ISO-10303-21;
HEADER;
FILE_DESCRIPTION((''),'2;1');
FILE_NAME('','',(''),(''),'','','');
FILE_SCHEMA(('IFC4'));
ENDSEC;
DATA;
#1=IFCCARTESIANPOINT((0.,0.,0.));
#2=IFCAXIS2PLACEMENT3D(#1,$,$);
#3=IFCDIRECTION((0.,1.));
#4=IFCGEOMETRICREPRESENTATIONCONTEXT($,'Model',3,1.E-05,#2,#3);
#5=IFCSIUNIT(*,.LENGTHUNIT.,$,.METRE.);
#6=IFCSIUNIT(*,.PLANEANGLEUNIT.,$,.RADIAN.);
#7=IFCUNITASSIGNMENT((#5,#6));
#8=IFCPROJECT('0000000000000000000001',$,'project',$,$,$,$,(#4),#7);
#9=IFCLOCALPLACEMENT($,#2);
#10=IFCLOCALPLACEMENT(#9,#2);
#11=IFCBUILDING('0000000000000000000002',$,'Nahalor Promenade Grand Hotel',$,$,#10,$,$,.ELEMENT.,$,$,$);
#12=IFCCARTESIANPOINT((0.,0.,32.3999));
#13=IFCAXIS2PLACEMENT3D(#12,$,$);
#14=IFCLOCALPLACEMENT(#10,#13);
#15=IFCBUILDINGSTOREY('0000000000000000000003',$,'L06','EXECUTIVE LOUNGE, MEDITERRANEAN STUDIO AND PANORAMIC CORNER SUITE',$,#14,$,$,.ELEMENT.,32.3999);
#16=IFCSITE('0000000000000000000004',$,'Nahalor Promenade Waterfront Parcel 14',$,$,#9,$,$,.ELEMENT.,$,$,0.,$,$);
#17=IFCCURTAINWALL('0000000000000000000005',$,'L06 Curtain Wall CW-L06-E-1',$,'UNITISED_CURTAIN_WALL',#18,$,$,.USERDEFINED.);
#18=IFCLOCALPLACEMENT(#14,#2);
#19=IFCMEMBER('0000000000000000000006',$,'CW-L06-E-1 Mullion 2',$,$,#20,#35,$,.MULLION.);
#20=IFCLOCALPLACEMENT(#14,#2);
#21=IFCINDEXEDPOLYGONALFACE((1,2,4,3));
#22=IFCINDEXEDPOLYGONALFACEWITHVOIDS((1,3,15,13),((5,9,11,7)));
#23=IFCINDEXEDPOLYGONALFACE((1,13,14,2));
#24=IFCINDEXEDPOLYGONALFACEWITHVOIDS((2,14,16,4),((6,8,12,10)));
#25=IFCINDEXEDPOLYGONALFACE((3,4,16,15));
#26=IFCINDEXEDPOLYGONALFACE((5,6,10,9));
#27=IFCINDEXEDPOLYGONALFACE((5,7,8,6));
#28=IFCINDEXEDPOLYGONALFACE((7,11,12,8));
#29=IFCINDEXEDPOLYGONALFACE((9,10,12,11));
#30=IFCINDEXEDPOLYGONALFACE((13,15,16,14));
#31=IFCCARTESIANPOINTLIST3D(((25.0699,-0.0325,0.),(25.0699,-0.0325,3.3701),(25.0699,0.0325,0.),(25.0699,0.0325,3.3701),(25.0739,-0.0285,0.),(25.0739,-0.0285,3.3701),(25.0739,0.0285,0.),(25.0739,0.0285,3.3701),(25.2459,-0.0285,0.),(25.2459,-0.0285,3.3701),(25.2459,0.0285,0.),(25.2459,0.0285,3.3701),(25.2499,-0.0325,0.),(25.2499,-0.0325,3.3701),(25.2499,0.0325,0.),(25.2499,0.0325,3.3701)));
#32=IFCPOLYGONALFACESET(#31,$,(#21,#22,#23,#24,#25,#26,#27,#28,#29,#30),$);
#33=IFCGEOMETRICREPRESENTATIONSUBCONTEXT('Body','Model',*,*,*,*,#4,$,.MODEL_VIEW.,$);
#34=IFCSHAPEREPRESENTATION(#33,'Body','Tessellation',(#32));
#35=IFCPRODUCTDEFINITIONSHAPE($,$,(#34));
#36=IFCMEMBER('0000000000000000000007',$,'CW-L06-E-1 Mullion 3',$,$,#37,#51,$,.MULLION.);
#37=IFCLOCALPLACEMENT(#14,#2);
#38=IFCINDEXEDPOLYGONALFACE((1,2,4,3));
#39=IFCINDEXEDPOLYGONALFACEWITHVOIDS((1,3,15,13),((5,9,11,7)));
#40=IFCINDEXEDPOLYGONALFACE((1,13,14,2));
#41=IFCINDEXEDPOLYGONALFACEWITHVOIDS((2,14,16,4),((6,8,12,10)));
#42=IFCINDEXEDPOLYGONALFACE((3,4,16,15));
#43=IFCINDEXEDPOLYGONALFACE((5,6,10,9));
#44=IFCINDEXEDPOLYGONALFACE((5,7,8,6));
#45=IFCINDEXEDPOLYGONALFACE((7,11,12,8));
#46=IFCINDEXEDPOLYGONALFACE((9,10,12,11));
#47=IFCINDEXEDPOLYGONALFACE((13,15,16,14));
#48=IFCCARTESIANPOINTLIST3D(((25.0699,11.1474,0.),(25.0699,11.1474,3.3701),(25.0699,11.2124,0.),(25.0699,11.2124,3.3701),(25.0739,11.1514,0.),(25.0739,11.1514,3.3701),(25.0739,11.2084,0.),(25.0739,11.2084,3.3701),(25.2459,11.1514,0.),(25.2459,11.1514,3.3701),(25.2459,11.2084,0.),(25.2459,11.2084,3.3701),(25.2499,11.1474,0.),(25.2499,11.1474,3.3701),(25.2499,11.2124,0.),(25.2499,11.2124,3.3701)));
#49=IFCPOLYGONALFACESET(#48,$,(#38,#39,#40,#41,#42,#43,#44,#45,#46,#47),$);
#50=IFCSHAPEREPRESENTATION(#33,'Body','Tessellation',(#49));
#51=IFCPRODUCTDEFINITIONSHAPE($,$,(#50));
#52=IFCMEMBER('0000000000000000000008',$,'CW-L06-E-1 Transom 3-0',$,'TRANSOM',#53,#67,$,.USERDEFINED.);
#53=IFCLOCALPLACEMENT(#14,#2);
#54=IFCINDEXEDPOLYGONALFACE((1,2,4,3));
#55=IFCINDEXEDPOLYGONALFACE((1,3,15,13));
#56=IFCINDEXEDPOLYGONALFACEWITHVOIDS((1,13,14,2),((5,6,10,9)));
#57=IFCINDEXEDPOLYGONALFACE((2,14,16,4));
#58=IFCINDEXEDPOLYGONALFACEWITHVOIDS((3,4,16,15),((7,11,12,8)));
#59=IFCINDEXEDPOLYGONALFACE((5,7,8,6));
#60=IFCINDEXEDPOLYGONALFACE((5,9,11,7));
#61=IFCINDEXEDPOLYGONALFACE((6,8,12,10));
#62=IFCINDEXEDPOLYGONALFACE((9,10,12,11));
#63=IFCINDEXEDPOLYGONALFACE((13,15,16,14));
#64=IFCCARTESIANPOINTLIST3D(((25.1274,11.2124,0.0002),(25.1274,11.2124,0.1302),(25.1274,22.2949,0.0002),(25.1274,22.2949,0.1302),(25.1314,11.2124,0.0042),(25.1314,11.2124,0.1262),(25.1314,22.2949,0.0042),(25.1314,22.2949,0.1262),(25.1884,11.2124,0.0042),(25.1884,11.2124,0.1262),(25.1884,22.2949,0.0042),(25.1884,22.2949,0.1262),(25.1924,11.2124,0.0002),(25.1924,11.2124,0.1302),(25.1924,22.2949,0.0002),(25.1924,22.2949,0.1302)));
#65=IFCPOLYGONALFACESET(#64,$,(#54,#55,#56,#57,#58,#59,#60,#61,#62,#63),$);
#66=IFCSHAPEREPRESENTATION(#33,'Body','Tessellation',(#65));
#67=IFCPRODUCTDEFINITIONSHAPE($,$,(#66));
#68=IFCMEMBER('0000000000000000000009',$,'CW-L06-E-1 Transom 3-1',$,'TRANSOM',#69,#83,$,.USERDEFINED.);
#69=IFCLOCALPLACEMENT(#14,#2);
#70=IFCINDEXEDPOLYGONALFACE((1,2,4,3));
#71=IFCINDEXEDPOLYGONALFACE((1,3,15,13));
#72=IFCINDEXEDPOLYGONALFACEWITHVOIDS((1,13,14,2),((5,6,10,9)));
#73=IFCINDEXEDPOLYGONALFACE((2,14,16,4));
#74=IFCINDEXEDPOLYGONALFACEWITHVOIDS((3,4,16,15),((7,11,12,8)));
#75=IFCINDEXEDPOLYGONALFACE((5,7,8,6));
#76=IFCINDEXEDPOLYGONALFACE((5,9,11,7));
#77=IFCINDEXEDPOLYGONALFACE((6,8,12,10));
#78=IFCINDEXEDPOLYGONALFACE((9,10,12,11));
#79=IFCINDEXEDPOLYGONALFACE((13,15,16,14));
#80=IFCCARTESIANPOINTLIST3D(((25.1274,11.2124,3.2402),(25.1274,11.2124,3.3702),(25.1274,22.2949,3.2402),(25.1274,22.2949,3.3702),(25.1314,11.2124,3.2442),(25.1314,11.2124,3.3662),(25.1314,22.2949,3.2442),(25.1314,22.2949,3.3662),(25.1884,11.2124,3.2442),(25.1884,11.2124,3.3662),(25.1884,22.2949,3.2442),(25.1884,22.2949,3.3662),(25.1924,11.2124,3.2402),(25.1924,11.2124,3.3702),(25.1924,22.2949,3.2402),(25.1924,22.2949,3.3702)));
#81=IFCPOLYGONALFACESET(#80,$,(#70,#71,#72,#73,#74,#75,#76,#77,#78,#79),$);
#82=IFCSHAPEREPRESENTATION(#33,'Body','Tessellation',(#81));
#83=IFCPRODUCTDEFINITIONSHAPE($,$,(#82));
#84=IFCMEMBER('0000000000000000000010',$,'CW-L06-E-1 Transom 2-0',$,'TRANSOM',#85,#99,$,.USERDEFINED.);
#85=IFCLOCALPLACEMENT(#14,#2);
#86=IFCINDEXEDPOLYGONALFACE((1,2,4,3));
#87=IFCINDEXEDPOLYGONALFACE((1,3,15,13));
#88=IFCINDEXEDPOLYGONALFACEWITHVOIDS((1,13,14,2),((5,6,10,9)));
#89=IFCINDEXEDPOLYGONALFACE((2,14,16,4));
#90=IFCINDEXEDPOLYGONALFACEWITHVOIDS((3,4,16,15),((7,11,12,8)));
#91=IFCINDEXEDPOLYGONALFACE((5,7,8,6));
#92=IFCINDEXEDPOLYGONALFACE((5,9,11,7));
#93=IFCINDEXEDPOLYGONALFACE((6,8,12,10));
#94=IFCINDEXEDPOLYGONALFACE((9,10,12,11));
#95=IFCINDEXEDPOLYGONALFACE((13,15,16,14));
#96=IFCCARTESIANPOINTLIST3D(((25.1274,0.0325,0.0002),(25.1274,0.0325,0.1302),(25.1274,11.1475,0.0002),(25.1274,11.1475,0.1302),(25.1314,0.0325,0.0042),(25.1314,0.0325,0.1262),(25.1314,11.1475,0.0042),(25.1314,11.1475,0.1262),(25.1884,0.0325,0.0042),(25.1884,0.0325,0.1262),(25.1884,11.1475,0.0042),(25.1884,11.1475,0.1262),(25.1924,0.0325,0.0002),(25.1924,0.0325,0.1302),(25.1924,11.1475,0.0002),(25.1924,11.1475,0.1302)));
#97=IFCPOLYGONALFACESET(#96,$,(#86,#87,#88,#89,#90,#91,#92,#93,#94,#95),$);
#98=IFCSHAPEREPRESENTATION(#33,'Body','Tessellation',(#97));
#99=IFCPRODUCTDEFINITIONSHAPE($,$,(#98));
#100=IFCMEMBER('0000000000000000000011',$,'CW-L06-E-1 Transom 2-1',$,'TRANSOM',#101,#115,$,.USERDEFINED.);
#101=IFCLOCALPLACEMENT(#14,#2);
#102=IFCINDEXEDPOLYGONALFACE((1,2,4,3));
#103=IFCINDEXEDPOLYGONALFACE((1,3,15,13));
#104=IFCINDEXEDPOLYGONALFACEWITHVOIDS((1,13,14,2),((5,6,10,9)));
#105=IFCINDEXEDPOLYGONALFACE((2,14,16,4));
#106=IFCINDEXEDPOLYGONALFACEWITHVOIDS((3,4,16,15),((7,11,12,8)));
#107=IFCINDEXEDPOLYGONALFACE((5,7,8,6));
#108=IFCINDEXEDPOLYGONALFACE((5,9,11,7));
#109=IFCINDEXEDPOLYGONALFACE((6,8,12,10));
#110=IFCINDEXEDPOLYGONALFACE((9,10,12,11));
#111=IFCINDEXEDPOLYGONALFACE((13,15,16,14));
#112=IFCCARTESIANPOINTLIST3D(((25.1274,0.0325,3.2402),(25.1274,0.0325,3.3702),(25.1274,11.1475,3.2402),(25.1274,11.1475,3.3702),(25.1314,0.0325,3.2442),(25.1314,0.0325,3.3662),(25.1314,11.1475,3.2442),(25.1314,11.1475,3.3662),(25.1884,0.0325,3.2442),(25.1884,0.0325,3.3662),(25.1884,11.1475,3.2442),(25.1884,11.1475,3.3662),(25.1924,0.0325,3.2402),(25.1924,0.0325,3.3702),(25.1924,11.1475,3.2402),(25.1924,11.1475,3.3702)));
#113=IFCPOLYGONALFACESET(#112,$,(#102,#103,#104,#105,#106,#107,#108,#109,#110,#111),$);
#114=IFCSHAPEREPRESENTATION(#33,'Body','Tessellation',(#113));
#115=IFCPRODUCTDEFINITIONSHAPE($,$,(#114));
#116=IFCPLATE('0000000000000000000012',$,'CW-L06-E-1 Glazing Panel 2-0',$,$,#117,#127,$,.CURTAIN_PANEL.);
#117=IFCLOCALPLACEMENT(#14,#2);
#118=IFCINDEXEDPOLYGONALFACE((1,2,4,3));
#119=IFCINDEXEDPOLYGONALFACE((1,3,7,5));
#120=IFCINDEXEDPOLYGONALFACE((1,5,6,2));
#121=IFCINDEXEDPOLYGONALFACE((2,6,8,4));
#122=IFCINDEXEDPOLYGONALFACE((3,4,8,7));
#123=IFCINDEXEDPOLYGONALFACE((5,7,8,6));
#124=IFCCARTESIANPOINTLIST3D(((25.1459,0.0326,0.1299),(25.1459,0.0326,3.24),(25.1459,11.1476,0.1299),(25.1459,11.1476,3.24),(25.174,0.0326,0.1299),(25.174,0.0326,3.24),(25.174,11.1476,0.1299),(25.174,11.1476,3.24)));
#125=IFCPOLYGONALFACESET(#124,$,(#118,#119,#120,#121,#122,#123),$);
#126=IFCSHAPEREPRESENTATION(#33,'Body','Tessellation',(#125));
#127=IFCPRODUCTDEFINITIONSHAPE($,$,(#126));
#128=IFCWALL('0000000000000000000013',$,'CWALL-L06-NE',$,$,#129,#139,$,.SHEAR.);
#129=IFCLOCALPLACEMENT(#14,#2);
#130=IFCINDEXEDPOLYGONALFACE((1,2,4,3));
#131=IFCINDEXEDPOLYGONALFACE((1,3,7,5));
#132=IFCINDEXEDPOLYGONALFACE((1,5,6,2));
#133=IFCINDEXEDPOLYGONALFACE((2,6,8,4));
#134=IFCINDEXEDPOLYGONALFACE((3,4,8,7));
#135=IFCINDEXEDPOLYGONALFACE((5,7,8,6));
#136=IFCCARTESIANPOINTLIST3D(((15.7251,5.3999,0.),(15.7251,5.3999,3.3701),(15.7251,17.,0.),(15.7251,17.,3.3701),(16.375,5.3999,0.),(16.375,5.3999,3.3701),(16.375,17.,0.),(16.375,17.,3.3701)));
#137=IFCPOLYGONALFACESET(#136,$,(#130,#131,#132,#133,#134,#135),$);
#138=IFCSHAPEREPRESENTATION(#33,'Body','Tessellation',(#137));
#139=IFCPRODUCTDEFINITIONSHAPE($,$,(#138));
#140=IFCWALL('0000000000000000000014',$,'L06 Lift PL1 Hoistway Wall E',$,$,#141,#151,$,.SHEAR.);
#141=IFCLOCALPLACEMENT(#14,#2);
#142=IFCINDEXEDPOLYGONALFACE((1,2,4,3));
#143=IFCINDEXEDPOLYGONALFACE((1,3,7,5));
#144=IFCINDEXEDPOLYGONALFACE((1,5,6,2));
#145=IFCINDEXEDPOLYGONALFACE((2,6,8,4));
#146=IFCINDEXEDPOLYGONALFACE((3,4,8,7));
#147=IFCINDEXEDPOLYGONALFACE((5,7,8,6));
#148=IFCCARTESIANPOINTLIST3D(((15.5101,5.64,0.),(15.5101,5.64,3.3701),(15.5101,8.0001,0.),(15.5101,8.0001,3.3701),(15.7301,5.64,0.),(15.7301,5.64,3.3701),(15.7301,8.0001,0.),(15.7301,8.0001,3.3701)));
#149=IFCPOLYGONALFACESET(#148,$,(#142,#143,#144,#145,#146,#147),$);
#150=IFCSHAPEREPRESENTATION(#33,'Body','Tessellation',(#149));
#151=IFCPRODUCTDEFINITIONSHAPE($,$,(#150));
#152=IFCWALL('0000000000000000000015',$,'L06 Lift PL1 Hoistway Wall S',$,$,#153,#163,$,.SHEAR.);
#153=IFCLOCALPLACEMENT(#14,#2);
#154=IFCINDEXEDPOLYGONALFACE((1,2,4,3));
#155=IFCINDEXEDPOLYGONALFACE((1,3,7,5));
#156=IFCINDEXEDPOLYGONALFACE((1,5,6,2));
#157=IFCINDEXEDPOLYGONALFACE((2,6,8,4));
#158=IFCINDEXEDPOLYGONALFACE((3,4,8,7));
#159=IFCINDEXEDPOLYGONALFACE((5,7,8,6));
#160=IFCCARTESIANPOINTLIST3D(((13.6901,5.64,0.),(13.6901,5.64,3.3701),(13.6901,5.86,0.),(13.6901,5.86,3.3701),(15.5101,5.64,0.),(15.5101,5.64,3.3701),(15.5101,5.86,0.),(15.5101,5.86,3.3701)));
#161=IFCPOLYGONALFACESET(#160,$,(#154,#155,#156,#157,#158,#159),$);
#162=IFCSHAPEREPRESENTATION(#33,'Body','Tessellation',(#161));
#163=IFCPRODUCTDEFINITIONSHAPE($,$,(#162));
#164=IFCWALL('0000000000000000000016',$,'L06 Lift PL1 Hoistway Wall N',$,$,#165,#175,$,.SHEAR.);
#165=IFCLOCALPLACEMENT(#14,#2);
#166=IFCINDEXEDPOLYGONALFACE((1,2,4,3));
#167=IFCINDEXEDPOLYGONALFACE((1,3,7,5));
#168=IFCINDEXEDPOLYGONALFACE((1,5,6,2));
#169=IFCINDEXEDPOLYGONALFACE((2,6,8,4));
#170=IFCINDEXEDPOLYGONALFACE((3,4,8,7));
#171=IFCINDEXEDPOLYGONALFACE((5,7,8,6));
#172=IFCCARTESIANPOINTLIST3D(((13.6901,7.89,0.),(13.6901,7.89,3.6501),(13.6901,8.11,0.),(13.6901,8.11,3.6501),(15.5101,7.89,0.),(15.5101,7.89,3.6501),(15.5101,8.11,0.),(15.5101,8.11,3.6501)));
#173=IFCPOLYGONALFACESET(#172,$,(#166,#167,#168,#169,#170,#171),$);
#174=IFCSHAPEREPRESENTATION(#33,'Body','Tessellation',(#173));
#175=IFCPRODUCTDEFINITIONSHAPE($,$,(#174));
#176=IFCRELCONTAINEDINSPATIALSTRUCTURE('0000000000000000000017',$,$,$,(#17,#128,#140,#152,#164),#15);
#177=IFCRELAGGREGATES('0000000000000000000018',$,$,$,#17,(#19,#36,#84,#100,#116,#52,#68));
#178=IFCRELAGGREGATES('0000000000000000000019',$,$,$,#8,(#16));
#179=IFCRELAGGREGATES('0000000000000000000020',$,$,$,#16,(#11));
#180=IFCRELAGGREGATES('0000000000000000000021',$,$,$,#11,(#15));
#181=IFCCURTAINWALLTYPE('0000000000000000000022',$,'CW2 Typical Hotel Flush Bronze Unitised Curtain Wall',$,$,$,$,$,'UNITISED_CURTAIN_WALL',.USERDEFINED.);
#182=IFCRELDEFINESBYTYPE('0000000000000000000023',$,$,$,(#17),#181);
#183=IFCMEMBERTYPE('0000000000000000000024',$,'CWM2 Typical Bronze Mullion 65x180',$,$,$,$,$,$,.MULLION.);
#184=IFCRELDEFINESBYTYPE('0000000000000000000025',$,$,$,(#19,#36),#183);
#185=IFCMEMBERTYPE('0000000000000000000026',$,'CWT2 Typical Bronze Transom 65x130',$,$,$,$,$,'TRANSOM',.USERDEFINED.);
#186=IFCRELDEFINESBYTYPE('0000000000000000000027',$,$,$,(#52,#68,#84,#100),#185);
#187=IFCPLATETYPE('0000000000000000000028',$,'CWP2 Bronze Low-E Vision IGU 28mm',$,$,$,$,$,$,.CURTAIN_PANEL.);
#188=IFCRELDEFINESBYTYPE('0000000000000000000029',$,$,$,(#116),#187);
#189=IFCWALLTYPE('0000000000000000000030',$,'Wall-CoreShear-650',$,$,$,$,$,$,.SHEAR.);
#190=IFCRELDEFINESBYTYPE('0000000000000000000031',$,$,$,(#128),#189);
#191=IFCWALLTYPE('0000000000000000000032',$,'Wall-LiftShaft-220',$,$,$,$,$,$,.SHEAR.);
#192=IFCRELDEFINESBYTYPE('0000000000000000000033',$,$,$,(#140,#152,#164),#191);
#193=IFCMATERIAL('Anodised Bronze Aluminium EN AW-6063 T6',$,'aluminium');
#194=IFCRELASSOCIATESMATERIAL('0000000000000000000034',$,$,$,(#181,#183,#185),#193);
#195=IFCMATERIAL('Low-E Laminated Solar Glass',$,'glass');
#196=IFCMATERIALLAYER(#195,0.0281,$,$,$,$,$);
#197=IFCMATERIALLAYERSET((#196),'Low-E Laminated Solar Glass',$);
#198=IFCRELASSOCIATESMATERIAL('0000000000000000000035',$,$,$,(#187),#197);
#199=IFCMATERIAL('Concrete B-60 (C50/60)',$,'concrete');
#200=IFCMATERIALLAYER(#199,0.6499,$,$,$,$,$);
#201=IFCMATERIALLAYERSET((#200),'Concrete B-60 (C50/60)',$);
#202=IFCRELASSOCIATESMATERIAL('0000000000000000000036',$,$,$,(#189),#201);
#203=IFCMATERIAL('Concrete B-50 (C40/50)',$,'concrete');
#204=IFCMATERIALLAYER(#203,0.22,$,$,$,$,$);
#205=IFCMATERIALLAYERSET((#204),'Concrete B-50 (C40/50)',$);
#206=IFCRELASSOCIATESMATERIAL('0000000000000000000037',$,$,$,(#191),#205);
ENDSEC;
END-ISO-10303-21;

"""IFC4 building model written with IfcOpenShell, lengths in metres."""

from ifc_helpers import new_model, si_unit, direction, frame, frame_2d, origin, origin_2d, place, context, subcontext, project, spatial, rectangle, hollow_rectangle, extrude, source, transform, mapped, material, layer, layer_set, material_profile, profile_set, type_object, element, aggregate, save


model = new_model("IFC4")

# Units and contexts
model_context = context("Model", 3, precision=1e-05, world=origin(), true_north=direction((0.0, 1.0)))
body_context = subcontext(model_context, "Body", "Model", "MODEL_VIEW")
ifc_project = project(units=[si_unit("LENGTHUNIT", "METRE"), si_unit("PLANEANGLEUNIT", "RADIAN")], contexts=[model_context])

# Site, building, storey
site_placement = place(None, origin())
site = spatial("IfcSite", under=ifc_project, at=site_placement, Name="Nahalor Promenade Waterfront Parcel 14", CompositionType="ELEMENT", RefElevation=0.0)
building_placement = place(site_placement, origin())
building = spatial("IfcBuilding", under=site, at=building_placement, Name="Nahalor Promenade Grand Hotel", CompositionType="ELEMENT")
storey_placement = place(building_placement, frame((0.0, 0.0, 32.3999)))
storey = spatial("IfcBuildingStorey", under=building, at=storey_placement, Name="L06", Description="EXECUTIVE LOUNGE, MEDITERRANEAN STUDIO AND PANORAMIC CORNER SUITE", CompositionType="ELEMENT", Elevation=32.3999)

# Curtain wall, members, plate
ifc_material_1 = material(Name="Anodised Bronze Aluminium EN AW-6063 T6", Category="aluminium")
curtain_wall_type = type_object("IfcCurtainWallType", Name="CW2 Typical Hotel Flush Bronze Unitised Curtain Wall", ElementType="UNITISED_CURTAIN_WALL", PredefinedType="USERDEFINED", material=ifc_material_1)
curtain_wall_placement = place(storey_placement, origin())
curtain_wall = element("IfcCurtainWall", 1, at=curtain_wall_placement, inside=storey, type_object=curtain_wall_type, Name="L06 Curtain Wall CW-L06-E-1", ObjectType="UNITISED_CURTAIN_WALL", PredefinedType="USERDEFINED")
ifc_material_profile_1 = material_profile(ifc_material_1, hollow_rectangle(XDim=0.065, YDim=0.18, WallThickness=0.004, at=origin_2d()), Name="CWM 65x180x4")
ifc_profile_set_1 = profile_set([ifc_material_profile_1], Name="Anodised Bronze Aluminium EN AW-6063 T6")
member_type_1 = type_object("IfcMemberType", Name="CWM2 Typical Bronze Mullion 65x180", PredefinedType="MULLION", material=ifc_profile_set_1)
shared_shape_1 = source(origin(), body_context, "Body", "SweptSolid", [
    extrude(hollow_rectangle(XDim=0.065, YDim=0.18, WallThickness=0.004, at=origin_2d()), origin(), (0.0, 0.0, 1.0), 3.3701),
])
member_1_placement = place(storey_placement, frame((25.1599, 0.0, 0.0), z_axis=(0.0, 0.0, 1.0), x_axis=(0.0, 1.0, 0.0)))
member_1 = element("IfcMember", 2, at=member_1_placement, type_object=member_type_1, Name="CW-L06-E-1 Mullion 2", PredefinedType="MULLION", context=body_context, shape_type="MappedRepresentation", body=[
    mapped(shared_shape_1, transform((0.0, 0.0, 0.0), scale=1.0)),
])
member_2_placement = place(storey_placement, frame((25.1599, 11.1799, 0.0), z_axis=(0.0, 0.0, 1.0), x_axis=(0.0, 1.0, 0.0)))
member_2 = element("IfcMember", 3, at=member_2_placement, type_object=member_type_1, Name="CW-L06-E-1 Mullion 3", PredefinedType="MULLION", context=body_context, shape_type="MappedRepresentation", body=[
    mapped(shared_shape_1, transform((0.0, 0.0, 0.0), scale=1.0)),
])
ifc_material_profile_2 = material_profile(ifc_material_1, hollow_rectangle(XDim=0.065, YDim=0.13, WallThickness=0.004, at=origin_2d()), Name="CWT 65x130x4")
ifc_profile_set_2 = profile_set([ifc_material_profile_2], Name="Anodised Bronze Aluminium EN AW-6063 T6")
member_type_2 = type_object("IfcMemberType", Name="CWT2 Typical Bronze Transom 65x130", ElementType="TRANSOM", PredefinedType="USERDEFINED", material=ifc_profile_set_2)
shared_shape_2 = source(origin(), body_context, "Body", "SweptSolid", [
    extrude(hollow_rectangle(XDim=0.065, YDim=0.13, WallThickness=0.004, at=origin_2d()), origin(), (0.0, 0.0, 1.0), 11.0825),
])
member_3_placement = place(storey_placement, frame((25.1599, 11.2124, 0.0652), z_axis=(0.0, 1.0, 0.0), x_axis=(-1.0, 0.0, 0.0)))
member_3 = element("IfcMember", 4, at=member_3_placement, type_object=member_type_2, Name="CW-L06-E-1 Transom 3-0", ObjectType="TRANSOM", PredefinedType="USERDEFINED", context=body_context, shape_type="MappedRepresentation", body=[
    mapped(shared_shape_2, transform((0.0, 0.0, 0.0), scale=1.0)),
])
member_4_placement = place(storey_placement, frame((25.1599, 11.2124, 3.3052), z_axis=(0.0, 1.0, 0.0), x_axis=(-1.0, 0.0, 0.0)))
member_4 = element("IfcMember", 5, at=member_4_placement, type_object=member_type_2, Name="CW-L06-E-1 Transom 3-1", ObjectType="TRANSOM", PredefinedType="USERDEFINED", context=body_context, shape_type="MappedRepresentation", body=[
    mapped(shared_shape_2, transform((0.0, 0.0, 0.0), scale=1.0)),
])
shared_shape_3 = source(origin(), body_context, "Body", "SweptSolid", [
    extrude(hollow_rectangle(XDim=0.065, YDim=0.13, WallThickness=0.004, at=origin_2d()), origin(), (0.0, 0.0, 1.0), 11.115),
])
member_5_placement = place(storey_placement, frame((25.1599, 0.0325, 0.0652), z_axis=(0.0, 1.0, 0.0), x_axis=(-1.0, 0.0, 0.0)))
member_5 = element("IfcMember", 6, at=member_5_placement, type_object=member_type_2, Name="CW-L06-E-1 Transom 2-0", ObjectType="TRANSOM", PredefinedType="USERDEFINED", context=body_context, shape_type="MappedRepresentation", body=[
    mapped(shared_shape_3, transform((0.0, 0.0, 0.0), scale=1.0)),
])
member_6_placement = place(storey_placement, frame((25.1599, 0.0325, 3.3052), z_axis=(0.0, 1.0, 0.0), x_axis=(-1.0, 0.0, 0.0)))
member_6 = element("IfcMember", 7, at=member_6_placement, type_object=member_type_2, Name="CW-L06-E-1 Transom 2-1", ObjectType="TRANSOM", PredefinedType="USERDEFINED", context=body_context, shape_type="MappedRepresentation", body=[
    mapped(shared_shape_3, transform((0.0, 0.0, 0.0), scale=1.0)),
])
ifc_material_2 = material(Name="Low-E Laminated Solar Glass", Category="glass")
ifc_layer_1 = layer(ifc_material_2, 0.0281)
ifc_layer_set_1 = layer_set([ifc_layer_1], Name="Low-E Laminated Solar Glass")
plate_type = type_object("IfcPlateType", Name="CWP2 Bronze Low-E Vision IGU 28mm", PredefinedType="CURTAIN_PANEL", material=ifc_layer_set_1)
shared_shape_4 = source(origin(), body_context, "Body", "SweptSolid", [
    extrude(rectangle(XDim=11.115, YDim=0.0281, at=origin_2d()), origin(), (0.0, 0.0, 1.0), 3.1101),
])
plate_placement = place(storey_placement, frame((25.1599, 5.5901, 0.1299), z_axis=(0.0, 0.0, 1.0), x_axis=(0.0, 1.0, 0.0)))
plate = element("IfcPlate", 8, at=plate_placement, type_object=plate_type, Name="CW-L06-E-1 Glazing Panel 2-0", PredefinedType="CURTAIN_PANEL", context=body_context, shape_type="MappedRepresentation", body=[
    mapped(shared_shape_4, transform((0.0, 0.0, 0.0), scale=1.0)),
])
aggregate(curtain_wall, [member_1, member_2, member_5, member_6, plate, member_3, member_4])

# Walls
ifc_material_3 = material(Name="Concrete B-60 (C50/60)", Category="concrete")
ifc_layer_2 = layer(ifc_material_3, 0.6499)
ifc_layer_set_2 = layer_set([ifc_layer_2], Name="Concrete B-60 (C50/60)")
wall_type_1 = type_object("IfcWallType", Name="Wall-CoreShear-650", PredefinedType="SHEAR", material=ifc_layer_set_2)
shared_shape_5 = source(origin(), body_context, "Body", "SweptSolid", [
    extrude(rectangle(XDim=11.6001, YDim=0.6499, at=frame_2d((5.8, 0.0))), origin(), (0.0, 0.0, 1.0), 3.3701),
])
wall_1_placement = place(storey_placement, frame((16.05, 5.3999, 0.0), z_axis=(0.0, 0.0, 1.0), x_axis=(0.0, 1.0, 0.0)))
element("IfcWall", 9, at=wall_1_placement, inside=storey, type_object=wall_type_1, Name="CWALL-L06-NE", PredefinedType="SHEAR", context=body_context, shape_type="MappedRepresentation", body=[
    mapped(shared_shape_5, transform((0.0, 0.0, 0.0), scale=1.0)),
])
ifc_material_4 = material(Name="Concrete B-50 (C40/50)", Category="concrete")
ifc_layer_3 = layer(ifc_material_4, 0.22)
ifc_layer_set_3 = layer_set([ifc_layer_3], Name="Concrete B-50 (C40/50)")
wall_type_2 = type_object("IfcWallType", Name="Wall-LiftShaft-220", PredefinedType="SHEAR", material=ifc_layer_set_3)
shared_shape_6 = source(origin(), body_context, "Body", "SweptSolid", [
    extrude(rectangle(XDim=2.3601, YDim=0.22, at=frame_2d((1.1802, 0.0))), origin(), (0.0, 0.0, 1.0), 3.3701),
])
wall_2_placement = place(storey_placement, frame((15.6201, 5.6399, 0.0), z_axis=(0.0, 0.0, 1.0), x_axis=(0.0, 1.0, 0.0)))
element("IfcWall", 10, at=wall_2_placement, inside=storey, type_object=wall_type_2, Name="L06 Lift PL1 Hoistway Wall E", PredefinedType="SHEAR", context=body_context, shape_type="MappedRepresentation", body=[
    mapped(shared_shape_6, transform((0.0, 0.0, 0.0), scale=1.0)),
])
shared_shape_7 = source(origin(), body_context, "Body", "SweptSolid", [
    extrude(rectangle(XDim=1.8201, YDim=0.22, at=frame_2d((0.9102, 0.0))), origin(), (0.0, 0.0, 1.0), 3.3701),
])
wall_3_placement = place(storey_placement, frame((13.6899, 5.75, 0.0), z_axis=(0.0, 0.0, 1.0), x_axis=(1.0, 0.0, 0.0)))
element("IfcWall", 11, at=wall_3_placement, inside=storey, type_object=wall_type_2, Name="L06 Lift PL1 Hoistway Wall S", PredefinedType="SHEAR", context=body_context, shape_type="MappedRepresentation", body=[
    mapped(shared_shape_7, transform((0.0, 0.0, 0.0), scale=1.0)),
])
shared_shape_8 = source(origin(), body_context, "Body", "SweptSolid", [
    extrude(rectangle(XDim=1.8201, YDim=0.22, at=frame_2d((0.9102, 0.0))), origin(), (0.0, 0.0, 1.0), 3.6501),
])
for number, where, z_axis, x_axis, name in (
    (12, (13.6899, 8.0, 0.0), (0.0, 0.0, 1.0), (1.0, 0.0, 0.0), "L06 Lift PL1 Hoistway Wall N"),
):
    element("IfcWall", number, at=place(storey_placement, frame(where, z_axis=z_axis, x_axis=x_axis)), inside=storey, type_object=wall_type_2, Name=name, PredefinedType="SHEAR", context=body_context, shape_type="MappedRepresentation", body=[
        mapped(shared_shape_8, transform((0.0, 0.0, 0.0), scale=1.0)),
    ])

save(model, "model.ifc")
